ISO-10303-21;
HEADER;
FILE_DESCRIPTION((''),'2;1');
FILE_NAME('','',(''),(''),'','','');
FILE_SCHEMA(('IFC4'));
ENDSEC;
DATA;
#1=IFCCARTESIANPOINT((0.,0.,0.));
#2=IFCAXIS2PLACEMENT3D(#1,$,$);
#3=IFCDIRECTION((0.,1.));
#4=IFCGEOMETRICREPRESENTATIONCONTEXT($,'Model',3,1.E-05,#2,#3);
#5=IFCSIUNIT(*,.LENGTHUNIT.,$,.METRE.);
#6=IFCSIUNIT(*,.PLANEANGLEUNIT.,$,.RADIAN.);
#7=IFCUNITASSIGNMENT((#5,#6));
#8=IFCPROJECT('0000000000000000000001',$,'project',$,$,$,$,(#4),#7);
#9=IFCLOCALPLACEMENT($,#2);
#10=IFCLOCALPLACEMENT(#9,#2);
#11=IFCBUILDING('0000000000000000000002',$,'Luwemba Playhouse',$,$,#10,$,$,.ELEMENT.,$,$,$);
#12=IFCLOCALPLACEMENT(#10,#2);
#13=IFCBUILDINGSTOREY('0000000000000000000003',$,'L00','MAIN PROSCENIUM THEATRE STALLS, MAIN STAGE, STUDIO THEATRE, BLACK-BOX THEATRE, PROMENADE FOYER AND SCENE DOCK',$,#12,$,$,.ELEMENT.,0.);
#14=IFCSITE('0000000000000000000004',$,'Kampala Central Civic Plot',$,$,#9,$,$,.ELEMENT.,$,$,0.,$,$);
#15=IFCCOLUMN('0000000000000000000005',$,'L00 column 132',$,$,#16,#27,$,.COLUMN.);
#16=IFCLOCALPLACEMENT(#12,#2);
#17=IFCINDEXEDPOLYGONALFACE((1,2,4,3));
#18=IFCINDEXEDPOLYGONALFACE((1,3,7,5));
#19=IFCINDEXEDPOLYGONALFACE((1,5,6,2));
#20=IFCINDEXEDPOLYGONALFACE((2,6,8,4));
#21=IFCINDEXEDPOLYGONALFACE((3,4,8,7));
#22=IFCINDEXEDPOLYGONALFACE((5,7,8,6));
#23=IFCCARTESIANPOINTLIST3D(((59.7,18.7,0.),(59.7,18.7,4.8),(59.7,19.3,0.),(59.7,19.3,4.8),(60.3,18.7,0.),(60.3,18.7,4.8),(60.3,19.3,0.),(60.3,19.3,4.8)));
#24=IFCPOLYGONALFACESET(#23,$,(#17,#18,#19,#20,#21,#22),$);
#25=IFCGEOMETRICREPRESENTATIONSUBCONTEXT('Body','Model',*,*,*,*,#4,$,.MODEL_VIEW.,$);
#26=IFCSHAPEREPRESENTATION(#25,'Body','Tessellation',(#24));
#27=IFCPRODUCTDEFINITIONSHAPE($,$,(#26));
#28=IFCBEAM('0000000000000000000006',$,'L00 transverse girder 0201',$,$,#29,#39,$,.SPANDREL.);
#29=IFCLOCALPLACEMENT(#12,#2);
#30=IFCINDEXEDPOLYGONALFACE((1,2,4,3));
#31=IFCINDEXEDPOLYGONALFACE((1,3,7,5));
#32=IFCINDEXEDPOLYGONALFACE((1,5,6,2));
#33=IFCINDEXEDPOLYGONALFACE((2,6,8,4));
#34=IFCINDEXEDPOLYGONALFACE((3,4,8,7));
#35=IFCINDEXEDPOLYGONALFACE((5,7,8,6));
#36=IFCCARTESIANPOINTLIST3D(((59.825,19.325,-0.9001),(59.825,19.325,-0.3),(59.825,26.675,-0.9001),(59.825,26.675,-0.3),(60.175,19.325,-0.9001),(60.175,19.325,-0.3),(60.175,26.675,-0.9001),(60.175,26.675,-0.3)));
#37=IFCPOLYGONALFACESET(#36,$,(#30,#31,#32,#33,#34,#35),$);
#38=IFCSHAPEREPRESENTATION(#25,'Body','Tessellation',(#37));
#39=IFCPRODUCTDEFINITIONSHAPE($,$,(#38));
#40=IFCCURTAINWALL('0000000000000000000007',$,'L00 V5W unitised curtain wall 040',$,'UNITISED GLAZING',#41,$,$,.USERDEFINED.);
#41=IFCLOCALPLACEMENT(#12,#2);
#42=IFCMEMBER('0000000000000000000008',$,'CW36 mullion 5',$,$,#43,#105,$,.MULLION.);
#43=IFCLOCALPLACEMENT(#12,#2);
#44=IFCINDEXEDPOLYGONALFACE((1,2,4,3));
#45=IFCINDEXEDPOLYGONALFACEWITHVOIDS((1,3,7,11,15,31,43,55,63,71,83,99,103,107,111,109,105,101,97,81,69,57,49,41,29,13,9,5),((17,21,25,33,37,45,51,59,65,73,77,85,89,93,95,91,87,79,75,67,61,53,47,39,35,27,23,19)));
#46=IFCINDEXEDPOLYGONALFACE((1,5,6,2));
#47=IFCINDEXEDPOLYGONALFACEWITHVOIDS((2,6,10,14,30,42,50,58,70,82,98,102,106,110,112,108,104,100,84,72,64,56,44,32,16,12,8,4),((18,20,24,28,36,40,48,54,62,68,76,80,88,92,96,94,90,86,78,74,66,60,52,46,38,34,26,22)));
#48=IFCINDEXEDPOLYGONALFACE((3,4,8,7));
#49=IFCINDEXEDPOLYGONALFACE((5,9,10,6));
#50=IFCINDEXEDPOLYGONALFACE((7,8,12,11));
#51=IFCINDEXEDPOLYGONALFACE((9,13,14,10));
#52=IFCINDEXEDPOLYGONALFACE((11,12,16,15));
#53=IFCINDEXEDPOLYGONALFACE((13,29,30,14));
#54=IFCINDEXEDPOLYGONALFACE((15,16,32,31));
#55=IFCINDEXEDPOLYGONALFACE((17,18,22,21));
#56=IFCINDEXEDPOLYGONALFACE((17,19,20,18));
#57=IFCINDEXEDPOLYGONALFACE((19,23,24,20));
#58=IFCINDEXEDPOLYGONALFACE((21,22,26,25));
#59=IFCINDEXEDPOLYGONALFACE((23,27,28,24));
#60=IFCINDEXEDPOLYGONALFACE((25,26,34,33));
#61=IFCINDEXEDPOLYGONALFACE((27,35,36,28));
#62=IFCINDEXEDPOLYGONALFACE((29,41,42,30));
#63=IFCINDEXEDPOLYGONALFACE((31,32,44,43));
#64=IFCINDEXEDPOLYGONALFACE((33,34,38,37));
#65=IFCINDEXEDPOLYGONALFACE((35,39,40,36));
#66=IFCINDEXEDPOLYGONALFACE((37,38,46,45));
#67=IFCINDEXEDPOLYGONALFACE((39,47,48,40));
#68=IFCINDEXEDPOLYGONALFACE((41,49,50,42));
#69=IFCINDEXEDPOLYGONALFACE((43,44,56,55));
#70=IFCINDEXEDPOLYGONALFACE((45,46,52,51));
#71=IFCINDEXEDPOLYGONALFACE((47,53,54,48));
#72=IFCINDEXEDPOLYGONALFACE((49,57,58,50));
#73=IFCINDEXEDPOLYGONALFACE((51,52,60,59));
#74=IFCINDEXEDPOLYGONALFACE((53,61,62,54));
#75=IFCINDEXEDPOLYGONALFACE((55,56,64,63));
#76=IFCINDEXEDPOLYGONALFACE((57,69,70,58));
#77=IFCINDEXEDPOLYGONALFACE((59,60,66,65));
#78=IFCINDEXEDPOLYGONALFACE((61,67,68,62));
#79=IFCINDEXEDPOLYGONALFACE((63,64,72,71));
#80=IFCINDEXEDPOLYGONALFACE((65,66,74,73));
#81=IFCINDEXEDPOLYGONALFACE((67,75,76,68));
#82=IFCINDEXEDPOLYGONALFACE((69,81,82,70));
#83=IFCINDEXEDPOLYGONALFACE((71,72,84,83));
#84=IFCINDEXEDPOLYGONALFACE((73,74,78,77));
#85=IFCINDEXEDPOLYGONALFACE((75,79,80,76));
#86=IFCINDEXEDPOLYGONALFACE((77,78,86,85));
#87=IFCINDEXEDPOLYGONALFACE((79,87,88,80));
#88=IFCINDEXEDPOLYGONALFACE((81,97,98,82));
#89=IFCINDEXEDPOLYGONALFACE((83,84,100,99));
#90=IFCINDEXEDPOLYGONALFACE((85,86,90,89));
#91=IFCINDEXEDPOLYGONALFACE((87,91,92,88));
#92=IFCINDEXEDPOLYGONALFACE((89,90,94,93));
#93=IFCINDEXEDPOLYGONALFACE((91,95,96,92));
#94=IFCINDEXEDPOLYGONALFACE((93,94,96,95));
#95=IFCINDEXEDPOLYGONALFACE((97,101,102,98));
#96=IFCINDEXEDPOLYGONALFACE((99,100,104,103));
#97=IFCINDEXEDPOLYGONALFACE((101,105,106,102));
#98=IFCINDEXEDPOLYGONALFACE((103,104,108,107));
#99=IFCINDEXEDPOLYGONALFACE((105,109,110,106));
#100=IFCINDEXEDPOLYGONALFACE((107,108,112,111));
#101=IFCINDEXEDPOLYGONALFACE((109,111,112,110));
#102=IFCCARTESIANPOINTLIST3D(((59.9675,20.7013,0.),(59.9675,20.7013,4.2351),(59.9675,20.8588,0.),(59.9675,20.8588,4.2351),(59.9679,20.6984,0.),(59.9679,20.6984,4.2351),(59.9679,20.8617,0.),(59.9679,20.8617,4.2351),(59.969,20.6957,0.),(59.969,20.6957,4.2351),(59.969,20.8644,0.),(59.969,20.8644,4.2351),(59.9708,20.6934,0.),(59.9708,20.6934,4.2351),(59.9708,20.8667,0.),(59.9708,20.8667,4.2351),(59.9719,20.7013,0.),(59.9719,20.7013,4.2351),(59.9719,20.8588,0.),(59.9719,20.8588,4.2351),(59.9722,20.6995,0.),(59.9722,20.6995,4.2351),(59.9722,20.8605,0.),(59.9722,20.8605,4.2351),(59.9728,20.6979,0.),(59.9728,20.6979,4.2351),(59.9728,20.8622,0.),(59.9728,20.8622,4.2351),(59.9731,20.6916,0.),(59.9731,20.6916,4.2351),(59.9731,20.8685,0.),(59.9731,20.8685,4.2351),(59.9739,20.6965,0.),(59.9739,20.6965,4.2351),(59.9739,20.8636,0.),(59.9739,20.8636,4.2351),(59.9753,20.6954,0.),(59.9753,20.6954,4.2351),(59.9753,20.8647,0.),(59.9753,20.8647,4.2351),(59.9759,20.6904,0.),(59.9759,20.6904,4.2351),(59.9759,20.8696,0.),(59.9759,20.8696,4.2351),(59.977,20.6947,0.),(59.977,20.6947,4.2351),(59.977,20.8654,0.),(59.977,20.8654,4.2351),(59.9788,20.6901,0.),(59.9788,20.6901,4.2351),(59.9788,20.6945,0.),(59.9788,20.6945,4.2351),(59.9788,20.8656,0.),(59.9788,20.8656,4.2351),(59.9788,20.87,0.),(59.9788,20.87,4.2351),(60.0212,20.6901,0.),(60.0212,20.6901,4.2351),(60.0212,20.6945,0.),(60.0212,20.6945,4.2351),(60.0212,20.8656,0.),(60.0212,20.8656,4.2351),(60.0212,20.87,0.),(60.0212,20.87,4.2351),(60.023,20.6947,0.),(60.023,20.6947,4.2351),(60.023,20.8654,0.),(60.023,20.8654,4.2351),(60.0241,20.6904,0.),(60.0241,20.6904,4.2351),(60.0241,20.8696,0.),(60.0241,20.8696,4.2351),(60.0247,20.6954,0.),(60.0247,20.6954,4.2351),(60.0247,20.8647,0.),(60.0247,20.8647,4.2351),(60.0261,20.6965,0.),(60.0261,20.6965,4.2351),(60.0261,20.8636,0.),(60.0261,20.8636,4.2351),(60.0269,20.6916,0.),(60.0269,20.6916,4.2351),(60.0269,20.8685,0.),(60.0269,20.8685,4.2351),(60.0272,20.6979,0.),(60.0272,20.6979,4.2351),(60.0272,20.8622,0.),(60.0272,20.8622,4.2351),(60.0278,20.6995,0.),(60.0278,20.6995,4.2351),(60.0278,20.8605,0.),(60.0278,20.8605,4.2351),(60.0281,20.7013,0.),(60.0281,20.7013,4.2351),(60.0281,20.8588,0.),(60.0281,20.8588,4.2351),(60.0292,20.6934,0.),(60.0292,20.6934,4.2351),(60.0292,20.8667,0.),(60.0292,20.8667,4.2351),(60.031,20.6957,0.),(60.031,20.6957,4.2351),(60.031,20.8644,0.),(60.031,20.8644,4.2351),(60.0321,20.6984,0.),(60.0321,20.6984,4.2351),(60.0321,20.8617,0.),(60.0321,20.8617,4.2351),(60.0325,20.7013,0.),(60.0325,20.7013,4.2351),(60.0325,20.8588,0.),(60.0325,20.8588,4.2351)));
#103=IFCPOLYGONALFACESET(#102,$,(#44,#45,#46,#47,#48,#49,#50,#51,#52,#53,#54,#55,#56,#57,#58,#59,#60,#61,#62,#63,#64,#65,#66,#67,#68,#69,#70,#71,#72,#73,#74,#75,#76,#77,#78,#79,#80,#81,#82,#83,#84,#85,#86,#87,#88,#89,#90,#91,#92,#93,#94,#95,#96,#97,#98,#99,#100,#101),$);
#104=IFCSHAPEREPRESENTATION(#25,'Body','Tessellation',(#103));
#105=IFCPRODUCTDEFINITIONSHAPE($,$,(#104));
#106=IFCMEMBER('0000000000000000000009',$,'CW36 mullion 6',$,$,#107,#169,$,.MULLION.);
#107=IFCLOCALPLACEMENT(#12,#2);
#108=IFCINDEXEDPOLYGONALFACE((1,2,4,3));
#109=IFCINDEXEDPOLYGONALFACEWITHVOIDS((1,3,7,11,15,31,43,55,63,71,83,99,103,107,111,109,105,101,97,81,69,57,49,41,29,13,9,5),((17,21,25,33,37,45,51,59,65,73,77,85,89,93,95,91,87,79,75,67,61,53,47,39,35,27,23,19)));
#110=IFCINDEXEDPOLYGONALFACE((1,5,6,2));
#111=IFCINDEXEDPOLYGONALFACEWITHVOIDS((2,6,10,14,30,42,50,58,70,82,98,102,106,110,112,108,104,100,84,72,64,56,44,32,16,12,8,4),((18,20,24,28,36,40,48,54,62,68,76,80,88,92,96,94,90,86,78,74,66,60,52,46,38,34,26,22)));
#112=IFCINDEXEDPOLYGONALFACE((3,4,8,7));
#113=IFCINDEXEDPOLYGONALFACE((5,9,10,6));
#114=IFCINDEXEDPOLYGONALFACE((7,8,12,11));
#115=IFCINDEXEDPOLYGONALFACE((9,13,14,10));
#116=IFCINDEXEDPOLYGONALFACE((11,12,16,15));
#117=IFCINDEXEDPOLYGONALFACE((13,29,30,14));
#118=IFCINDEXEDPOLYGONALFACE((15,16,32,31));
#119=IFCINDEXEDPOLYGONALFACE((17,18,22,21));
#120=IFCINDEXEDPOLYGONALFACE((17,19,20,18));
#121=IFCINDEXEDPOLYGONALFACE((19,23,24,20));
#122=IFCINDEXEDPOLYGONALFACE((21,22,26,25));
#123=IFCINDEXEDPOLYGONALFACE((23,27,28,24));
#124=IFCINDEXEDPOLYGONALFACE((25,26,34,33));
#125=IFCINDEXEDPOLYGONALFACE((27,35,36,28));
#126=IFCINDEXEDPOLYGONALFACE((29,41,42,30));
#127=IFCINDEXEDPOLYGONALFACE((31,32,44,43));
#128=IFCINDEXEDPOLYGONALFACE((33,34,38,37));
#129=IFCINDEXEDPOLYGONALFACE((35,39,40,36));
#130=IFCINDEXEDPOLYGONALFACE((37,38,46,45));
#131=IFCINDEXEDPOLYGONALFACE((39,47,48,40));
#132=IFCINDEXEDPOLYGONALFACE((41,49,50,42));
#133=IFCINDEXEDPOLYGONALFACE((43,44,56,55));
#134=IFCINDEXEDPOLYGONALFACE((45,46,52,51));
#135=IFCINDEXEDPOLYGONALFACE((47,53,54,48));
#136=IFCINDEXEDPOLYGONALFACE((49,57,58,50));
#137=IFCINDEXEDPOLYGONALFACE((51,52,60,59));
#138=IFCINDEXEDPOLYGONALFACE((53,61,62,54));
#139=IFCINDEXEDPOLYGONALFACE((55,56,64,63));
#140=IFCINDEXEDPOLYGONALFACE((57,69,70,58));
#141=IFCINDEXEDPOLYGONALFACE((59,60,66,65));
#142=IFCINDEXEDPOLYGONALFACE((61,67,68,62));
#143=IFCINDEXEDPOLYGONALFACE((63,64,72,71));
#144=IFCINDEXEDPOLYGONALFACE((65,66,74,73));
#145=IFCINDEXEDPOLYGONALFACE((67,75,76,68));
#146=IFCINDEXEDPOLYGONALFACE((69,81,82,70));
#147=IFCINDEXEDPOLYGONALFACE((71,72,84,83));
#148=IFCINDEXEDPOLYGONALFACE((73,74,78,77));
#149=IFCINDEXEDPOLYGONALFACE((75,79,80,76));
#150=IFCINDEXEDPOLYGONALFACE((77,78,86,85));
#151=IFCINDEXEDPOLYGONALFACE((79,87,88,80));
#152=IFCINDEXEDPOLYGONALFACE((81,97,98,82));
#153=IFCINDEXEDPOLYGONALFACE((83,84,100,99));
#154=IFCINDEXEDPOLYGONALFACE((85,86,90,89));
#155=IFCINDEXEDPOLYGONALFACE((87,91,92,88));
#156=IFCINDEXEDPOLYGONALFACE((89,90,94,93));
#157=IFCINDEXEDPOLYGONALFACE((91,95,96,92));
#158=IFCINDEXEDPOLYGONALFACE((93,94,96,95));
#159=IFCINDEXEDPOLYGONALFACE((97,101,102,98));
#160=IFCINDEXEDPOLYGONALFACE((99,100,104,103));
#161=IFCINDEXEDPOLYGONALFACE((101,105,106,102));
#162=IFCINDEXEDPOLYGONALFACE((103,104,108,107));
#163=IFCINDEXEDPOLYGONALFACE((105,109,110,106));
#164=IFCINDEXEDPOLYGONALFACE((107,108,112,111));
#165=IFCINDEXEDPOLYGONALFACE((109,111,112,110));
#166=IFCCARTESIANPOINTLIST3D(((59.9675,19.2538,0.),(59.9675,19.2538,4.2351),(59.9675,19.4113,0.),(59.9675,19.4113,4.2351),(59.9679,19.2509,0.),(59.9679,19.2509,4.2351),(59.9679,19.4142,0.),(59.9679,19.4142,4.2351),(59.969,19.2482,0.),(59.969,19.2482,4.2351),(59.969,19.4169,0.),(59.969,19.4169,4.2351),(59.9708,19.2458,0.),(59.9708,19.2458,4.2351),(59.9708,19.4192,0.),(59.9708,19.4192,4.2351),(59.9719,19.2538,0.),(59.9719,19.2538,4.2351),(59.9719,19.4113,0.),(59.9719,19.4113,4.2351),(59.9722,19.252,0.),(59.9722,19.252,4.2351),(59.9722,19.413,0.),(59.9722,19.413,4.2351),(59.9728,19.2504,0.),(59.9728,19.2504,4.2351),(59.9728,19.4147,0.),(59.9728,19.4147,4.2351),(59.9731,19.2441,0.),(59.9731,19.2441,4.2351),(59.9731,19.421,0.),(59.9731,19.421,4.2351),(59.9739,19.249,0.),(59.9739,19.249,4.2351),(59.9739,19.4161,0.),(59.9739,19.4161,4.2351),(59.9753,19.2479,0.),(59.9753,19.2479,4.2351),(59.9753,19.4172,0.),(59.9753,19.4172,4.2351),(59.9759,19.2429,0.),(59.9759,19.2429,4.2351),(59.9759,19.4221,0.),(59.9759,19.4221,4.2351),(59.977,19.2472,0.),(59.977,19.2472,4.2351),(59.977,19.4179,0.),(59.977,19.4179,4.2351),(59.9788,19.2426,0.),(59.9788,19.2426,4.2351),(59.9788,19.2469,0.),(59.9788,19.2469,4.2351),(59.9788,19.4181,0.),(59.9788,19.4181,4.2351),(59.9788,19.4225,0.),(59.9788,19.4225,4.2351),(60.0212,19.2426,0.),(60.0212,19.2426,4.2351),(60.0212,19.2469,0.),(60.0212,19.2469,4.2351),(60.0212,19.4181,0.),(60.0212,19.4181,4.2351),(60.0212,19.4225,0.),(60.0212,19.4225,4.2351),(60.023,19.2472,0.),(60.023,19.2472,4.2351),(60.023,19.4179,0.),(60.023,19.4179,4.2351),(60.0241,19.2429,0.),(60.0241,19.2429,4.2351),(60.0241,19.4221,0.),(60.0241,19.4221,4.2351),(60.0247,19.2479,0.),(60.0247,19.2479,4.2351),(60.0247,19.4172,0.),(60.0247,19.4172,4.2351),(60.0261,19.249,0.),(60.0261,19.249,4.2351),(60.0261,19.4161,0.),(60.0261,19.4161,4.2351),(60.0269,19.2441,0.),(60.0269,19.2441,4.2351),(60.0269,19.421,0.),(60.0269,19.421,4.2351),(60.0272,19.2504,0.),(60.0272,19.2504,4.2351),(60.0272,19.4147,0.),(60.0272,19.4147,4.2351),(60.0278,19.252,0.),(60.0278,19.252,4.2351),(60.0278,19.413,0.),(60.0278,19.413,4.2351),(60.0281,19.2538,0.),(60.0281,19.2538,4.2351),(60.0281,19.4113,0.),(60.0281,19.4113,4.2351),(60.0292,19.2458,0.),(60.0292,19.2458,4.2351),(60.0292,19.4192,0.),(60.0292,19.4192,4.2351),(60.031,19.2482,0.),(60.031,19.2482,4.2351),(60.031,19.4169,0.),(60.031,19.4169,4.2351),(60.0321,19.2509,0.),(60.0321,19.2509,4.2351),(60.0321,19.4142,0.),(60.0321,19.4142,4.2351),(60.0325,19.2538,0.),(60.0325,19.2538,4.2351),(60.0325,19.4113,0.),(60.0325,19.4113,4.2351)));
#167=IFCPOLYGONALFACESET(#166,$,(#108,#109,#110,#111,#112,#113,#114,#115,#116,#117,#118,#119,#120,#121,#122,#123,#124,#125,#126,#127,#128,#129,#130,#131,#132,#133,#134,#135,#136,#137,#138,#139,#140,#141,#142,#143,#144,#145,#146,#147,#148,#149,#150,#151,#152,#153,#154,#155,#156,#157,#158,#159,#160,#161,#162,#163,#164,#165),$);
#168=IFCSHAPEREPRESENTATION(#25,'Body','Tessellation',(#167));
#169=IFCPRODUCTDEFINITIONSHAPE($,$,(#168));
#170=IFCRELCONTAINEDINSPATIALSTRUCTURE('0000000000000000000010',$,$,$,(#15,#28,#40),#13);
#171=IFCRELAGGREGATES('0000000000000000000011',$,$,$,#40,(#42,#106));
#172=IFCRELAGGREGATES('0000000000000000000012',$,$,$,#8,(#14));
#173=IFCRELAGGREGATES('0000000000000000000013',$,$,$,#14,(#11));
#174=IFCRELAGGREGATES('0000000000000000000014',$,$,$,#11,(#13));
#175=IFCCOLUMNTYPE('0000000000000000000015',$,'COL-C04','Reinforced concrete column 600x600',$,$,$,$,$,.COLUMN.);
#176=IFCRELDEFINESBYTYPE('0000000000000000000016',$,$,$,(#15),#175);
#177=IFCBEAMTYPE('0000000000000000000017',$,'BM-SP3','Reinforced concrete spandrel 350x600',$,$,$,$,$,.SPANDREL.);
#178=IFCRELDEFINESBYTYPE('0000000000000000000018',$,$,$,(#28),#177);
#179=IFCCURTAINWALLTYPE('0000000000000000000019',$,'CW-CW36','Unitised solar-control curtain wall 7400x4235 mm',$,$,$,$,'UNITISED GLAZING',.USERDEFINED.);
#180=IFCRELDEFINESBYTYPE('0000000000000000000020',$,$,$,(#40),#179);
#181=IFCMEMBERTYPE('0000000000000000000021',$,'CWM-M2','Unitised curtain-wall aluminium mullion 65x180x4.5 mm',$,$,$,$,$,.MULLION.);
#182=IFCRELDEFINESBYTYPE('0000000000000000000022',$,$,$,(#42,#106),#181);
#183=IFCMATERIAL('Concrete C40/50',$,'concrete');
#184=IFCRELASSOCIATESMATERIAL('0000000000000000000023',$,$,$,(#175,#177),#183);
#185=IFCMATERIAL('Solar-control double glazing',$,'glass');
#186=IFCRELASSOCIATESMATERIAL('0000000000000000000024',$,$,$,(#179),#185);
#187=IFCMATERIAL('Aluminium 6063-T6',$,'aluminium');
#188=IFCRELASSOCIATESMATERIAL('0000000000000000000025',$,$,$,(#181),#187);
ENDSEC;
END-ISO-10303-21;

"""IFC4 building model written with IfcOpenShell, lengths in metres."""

from ifc_helpers import new_model, si_unit, direction, frame, origin, origin_2d, place, context, subcontext, project, spatial, rectangle, hollow_rectangle, extrude, material, material_profile, profile_set, type_object, element, aggregate, save


model = new_model("IFC4")

# Units and contexts
model_context = context("Model", 3, precision=1e-05, world=origin(), true_north=direction((0.0, 1.0)))
body_context = subcontext(model_context, "Body", "Model", "MODEL_VIEW")
ifc_project = project(units=[si_unit("LENGTHUNIT", "METRE"), si_unit("PLANEANGLEUNIT", "RADIAN")], contexts=[model_context])

# Site, building, storey
site_placement = place(None, origin())
site = spatial("IfcSite", under=ifc_project, at=site_placement, Name="Kampala Central Civic Plot", CompositionType="ELEMENT", RefElevation=0.0)
building_placement = place(site_placement, origin())
building = spatial("IfcBuilding", under=site, at=building_placement, Name="Luwemba Playhouse", CompositionType="ELEMENT")
storey_placement = place(building_placement, origin())
storey = spatial("IfcBuildingStorey", under=building, at=storey_placement, Name="L00", Description="MAIN PROSCENIUM THEATRE STALLS, MAIN STAGE, STUDIO THEATRE, BLACK-BOX THEATRE, PROMENADE FOYER AND SCENE DOCK", CompositionType="ELEMENT", Elevation=0.0)

# Column
ifc_material_1 = material(Name="Concrete C40/50", Category="concrete")
ifc_material_profile_1 = material_profile(ifc_material_1, rectangle(XDim=0.6001, YDim=0.6001, at=origin_2d()))
ifc_profile_set_1 = profile_set([ifc_material_profile_1], Name="Concrete C40/50")
column_type = type_object("IfcColumnType", Name="COL-C04", Description="Reinforced concrete column 600x600", PredefinedType="COLUMN", material=ifc_profile_set_1)
column_placement = place(storey_placement, frame((60.0, 19.0, 0.0), z_axis=(0.0, 0.0, 1.0), x_axis=(1.0, 0.0, 0.0)))
element("IfcColumn", 1, at=column_placement, inside=storey, type_object=column_type, Name="L00 column 132", PredefinedType="COLUMN", context=body_context, shape_type="SweptSolid", body=[
    extrude(rectangle(XDim=0.6001, YDim=0.6001, at=origin_2d()), origin(), (0.0, 0.0, 1.0), 4.8),
])

# Beam
ifc_material_profile_2 = material_profile(ifc_material_1, rectangle(XDim=0.3501, YDim=0.6001, at=origin_2d()))
ifc_profile_set_2 = profile_set([ifc_material_profile_2], Name="Concrete C40/50")
beam_type = type_object("IfcBeamType", Name="BM-SP3", Description="Reinforced concrete spandrel 350x600", PredefinedType="SPANDREL", material=ifc_profile_set_2)
beam_placement = place(storey_placement, frame((60.0, 19.325, -0.6001), z_axis=(0.0, 1.0, 0.0), x_axis=(-1.0, 0.0, 0.0)))
element("IfcBeam", 2, at=beam_placement, inside=storey, type_object=beam_type, Name="L00 transverse girder 0201", PredefinedType="SPANDREL", context=body_context, shape_type="SweptSolid", body=[
    extrude(rectangle(XDim=0.3501, YDim=0.6001, at=origin_2d()), origin(), (0.0, 0.0, 1.0), 7.3501),
])

# Curtain wall, members
ifc_material_2 = material(Name="Solar-control double glazing", Category="glass")
curtain_wall_type_1 = type_object("IfcCurtainWallType", Name="CW-CW36", Description="Unitised solar-control curtain wall 7400x4235 mm", ElementType="UNITISED GLAZING", PredefinedType="USERDEFINED", material=ifc_material_2)
curtain_wall_1_placement = place(storey_placement, origin())
curtain_wall_1 = element("IfcCurtainWall", 3, at=curtain_wall_1_placement, inside=storey, type_object=curtain_wall_type_1, Name="L00 V5W unitised curtain wall 040", ObjectType="UNITISED GLAZING", PredefinedType="USERDEFINED")
ifc_material_3 = material(Name="Aluminium 6063-T6", Category="aluminium")
ifc_material_profile_3 = material_profile(ifc_material_3, hollow_rectangle(XDim=0.0649, YDim=0.1799, WallThickness=0.0044, InnerFilletRadius=0.0068, OuterFilletRadius=0.0112, at=origin_2d()))
ifc_profile_set_3 = profile_set([ifc_material_profile_3], Name="Aluminium 6063-T6")
member_type_1 = type_object("IfcMemberType", Name="CWM-M2", Description="Unitised curtain-wall aluminium mullion 65x180x4.5 mm", PredefinedType="MULLION", material=ifc_profile_set_3)
member_1_placement = place(storey_placement, frame((60.0, 20.78, 0.0), z_axis=(0.0, 0.0, 1.0), x_axis=(1.0, 0.0, 0.0)))
member_1 = element("IfcMember", 4, at=member_1_placement, type_object=member_type_1, Name="CW36 mullion 5", PredefinedType="MULLION", context=body_context, shape_type="SweptSolid", body=[
    extrude(hollow_rectangle(XDim=0.0649, YDim=0.1799, WallThickness=0.0044, InnerFilletRadius=0.0068, OuterFilletRadius=0.0112, at=origin_2d()), origin(), (0.0, 0.0, 1.0), 4.2351),
])
member_2_placement = place(storey_placement, frame((60.0, 19.3325, 0.0), z_axis=(0.0, 0.0, 1.0), x_axis=(1.0, 0.0, 0.0)))
member_2 = element("IfcMember", 5, at=member_2_placement, type_object=member_type_1, Name="CW36 mullion 6", PredefinedType="MULLION", context=body_context, shape_type="SweptSolid", body=[
    extrude(hollow_rectangle(XDim=0.0649, YDim=0.1799, WallThickness=0.0044, InnerFilletRadius=0.0068, OuterFilletRadius=0.0112, at=origin_2d()), origin(), (0.0, 0.0, 1.0), 4.2351),
])

aggregate(curtain_wall_1, [member_1, member_2])

save(model, "model.ifc")
